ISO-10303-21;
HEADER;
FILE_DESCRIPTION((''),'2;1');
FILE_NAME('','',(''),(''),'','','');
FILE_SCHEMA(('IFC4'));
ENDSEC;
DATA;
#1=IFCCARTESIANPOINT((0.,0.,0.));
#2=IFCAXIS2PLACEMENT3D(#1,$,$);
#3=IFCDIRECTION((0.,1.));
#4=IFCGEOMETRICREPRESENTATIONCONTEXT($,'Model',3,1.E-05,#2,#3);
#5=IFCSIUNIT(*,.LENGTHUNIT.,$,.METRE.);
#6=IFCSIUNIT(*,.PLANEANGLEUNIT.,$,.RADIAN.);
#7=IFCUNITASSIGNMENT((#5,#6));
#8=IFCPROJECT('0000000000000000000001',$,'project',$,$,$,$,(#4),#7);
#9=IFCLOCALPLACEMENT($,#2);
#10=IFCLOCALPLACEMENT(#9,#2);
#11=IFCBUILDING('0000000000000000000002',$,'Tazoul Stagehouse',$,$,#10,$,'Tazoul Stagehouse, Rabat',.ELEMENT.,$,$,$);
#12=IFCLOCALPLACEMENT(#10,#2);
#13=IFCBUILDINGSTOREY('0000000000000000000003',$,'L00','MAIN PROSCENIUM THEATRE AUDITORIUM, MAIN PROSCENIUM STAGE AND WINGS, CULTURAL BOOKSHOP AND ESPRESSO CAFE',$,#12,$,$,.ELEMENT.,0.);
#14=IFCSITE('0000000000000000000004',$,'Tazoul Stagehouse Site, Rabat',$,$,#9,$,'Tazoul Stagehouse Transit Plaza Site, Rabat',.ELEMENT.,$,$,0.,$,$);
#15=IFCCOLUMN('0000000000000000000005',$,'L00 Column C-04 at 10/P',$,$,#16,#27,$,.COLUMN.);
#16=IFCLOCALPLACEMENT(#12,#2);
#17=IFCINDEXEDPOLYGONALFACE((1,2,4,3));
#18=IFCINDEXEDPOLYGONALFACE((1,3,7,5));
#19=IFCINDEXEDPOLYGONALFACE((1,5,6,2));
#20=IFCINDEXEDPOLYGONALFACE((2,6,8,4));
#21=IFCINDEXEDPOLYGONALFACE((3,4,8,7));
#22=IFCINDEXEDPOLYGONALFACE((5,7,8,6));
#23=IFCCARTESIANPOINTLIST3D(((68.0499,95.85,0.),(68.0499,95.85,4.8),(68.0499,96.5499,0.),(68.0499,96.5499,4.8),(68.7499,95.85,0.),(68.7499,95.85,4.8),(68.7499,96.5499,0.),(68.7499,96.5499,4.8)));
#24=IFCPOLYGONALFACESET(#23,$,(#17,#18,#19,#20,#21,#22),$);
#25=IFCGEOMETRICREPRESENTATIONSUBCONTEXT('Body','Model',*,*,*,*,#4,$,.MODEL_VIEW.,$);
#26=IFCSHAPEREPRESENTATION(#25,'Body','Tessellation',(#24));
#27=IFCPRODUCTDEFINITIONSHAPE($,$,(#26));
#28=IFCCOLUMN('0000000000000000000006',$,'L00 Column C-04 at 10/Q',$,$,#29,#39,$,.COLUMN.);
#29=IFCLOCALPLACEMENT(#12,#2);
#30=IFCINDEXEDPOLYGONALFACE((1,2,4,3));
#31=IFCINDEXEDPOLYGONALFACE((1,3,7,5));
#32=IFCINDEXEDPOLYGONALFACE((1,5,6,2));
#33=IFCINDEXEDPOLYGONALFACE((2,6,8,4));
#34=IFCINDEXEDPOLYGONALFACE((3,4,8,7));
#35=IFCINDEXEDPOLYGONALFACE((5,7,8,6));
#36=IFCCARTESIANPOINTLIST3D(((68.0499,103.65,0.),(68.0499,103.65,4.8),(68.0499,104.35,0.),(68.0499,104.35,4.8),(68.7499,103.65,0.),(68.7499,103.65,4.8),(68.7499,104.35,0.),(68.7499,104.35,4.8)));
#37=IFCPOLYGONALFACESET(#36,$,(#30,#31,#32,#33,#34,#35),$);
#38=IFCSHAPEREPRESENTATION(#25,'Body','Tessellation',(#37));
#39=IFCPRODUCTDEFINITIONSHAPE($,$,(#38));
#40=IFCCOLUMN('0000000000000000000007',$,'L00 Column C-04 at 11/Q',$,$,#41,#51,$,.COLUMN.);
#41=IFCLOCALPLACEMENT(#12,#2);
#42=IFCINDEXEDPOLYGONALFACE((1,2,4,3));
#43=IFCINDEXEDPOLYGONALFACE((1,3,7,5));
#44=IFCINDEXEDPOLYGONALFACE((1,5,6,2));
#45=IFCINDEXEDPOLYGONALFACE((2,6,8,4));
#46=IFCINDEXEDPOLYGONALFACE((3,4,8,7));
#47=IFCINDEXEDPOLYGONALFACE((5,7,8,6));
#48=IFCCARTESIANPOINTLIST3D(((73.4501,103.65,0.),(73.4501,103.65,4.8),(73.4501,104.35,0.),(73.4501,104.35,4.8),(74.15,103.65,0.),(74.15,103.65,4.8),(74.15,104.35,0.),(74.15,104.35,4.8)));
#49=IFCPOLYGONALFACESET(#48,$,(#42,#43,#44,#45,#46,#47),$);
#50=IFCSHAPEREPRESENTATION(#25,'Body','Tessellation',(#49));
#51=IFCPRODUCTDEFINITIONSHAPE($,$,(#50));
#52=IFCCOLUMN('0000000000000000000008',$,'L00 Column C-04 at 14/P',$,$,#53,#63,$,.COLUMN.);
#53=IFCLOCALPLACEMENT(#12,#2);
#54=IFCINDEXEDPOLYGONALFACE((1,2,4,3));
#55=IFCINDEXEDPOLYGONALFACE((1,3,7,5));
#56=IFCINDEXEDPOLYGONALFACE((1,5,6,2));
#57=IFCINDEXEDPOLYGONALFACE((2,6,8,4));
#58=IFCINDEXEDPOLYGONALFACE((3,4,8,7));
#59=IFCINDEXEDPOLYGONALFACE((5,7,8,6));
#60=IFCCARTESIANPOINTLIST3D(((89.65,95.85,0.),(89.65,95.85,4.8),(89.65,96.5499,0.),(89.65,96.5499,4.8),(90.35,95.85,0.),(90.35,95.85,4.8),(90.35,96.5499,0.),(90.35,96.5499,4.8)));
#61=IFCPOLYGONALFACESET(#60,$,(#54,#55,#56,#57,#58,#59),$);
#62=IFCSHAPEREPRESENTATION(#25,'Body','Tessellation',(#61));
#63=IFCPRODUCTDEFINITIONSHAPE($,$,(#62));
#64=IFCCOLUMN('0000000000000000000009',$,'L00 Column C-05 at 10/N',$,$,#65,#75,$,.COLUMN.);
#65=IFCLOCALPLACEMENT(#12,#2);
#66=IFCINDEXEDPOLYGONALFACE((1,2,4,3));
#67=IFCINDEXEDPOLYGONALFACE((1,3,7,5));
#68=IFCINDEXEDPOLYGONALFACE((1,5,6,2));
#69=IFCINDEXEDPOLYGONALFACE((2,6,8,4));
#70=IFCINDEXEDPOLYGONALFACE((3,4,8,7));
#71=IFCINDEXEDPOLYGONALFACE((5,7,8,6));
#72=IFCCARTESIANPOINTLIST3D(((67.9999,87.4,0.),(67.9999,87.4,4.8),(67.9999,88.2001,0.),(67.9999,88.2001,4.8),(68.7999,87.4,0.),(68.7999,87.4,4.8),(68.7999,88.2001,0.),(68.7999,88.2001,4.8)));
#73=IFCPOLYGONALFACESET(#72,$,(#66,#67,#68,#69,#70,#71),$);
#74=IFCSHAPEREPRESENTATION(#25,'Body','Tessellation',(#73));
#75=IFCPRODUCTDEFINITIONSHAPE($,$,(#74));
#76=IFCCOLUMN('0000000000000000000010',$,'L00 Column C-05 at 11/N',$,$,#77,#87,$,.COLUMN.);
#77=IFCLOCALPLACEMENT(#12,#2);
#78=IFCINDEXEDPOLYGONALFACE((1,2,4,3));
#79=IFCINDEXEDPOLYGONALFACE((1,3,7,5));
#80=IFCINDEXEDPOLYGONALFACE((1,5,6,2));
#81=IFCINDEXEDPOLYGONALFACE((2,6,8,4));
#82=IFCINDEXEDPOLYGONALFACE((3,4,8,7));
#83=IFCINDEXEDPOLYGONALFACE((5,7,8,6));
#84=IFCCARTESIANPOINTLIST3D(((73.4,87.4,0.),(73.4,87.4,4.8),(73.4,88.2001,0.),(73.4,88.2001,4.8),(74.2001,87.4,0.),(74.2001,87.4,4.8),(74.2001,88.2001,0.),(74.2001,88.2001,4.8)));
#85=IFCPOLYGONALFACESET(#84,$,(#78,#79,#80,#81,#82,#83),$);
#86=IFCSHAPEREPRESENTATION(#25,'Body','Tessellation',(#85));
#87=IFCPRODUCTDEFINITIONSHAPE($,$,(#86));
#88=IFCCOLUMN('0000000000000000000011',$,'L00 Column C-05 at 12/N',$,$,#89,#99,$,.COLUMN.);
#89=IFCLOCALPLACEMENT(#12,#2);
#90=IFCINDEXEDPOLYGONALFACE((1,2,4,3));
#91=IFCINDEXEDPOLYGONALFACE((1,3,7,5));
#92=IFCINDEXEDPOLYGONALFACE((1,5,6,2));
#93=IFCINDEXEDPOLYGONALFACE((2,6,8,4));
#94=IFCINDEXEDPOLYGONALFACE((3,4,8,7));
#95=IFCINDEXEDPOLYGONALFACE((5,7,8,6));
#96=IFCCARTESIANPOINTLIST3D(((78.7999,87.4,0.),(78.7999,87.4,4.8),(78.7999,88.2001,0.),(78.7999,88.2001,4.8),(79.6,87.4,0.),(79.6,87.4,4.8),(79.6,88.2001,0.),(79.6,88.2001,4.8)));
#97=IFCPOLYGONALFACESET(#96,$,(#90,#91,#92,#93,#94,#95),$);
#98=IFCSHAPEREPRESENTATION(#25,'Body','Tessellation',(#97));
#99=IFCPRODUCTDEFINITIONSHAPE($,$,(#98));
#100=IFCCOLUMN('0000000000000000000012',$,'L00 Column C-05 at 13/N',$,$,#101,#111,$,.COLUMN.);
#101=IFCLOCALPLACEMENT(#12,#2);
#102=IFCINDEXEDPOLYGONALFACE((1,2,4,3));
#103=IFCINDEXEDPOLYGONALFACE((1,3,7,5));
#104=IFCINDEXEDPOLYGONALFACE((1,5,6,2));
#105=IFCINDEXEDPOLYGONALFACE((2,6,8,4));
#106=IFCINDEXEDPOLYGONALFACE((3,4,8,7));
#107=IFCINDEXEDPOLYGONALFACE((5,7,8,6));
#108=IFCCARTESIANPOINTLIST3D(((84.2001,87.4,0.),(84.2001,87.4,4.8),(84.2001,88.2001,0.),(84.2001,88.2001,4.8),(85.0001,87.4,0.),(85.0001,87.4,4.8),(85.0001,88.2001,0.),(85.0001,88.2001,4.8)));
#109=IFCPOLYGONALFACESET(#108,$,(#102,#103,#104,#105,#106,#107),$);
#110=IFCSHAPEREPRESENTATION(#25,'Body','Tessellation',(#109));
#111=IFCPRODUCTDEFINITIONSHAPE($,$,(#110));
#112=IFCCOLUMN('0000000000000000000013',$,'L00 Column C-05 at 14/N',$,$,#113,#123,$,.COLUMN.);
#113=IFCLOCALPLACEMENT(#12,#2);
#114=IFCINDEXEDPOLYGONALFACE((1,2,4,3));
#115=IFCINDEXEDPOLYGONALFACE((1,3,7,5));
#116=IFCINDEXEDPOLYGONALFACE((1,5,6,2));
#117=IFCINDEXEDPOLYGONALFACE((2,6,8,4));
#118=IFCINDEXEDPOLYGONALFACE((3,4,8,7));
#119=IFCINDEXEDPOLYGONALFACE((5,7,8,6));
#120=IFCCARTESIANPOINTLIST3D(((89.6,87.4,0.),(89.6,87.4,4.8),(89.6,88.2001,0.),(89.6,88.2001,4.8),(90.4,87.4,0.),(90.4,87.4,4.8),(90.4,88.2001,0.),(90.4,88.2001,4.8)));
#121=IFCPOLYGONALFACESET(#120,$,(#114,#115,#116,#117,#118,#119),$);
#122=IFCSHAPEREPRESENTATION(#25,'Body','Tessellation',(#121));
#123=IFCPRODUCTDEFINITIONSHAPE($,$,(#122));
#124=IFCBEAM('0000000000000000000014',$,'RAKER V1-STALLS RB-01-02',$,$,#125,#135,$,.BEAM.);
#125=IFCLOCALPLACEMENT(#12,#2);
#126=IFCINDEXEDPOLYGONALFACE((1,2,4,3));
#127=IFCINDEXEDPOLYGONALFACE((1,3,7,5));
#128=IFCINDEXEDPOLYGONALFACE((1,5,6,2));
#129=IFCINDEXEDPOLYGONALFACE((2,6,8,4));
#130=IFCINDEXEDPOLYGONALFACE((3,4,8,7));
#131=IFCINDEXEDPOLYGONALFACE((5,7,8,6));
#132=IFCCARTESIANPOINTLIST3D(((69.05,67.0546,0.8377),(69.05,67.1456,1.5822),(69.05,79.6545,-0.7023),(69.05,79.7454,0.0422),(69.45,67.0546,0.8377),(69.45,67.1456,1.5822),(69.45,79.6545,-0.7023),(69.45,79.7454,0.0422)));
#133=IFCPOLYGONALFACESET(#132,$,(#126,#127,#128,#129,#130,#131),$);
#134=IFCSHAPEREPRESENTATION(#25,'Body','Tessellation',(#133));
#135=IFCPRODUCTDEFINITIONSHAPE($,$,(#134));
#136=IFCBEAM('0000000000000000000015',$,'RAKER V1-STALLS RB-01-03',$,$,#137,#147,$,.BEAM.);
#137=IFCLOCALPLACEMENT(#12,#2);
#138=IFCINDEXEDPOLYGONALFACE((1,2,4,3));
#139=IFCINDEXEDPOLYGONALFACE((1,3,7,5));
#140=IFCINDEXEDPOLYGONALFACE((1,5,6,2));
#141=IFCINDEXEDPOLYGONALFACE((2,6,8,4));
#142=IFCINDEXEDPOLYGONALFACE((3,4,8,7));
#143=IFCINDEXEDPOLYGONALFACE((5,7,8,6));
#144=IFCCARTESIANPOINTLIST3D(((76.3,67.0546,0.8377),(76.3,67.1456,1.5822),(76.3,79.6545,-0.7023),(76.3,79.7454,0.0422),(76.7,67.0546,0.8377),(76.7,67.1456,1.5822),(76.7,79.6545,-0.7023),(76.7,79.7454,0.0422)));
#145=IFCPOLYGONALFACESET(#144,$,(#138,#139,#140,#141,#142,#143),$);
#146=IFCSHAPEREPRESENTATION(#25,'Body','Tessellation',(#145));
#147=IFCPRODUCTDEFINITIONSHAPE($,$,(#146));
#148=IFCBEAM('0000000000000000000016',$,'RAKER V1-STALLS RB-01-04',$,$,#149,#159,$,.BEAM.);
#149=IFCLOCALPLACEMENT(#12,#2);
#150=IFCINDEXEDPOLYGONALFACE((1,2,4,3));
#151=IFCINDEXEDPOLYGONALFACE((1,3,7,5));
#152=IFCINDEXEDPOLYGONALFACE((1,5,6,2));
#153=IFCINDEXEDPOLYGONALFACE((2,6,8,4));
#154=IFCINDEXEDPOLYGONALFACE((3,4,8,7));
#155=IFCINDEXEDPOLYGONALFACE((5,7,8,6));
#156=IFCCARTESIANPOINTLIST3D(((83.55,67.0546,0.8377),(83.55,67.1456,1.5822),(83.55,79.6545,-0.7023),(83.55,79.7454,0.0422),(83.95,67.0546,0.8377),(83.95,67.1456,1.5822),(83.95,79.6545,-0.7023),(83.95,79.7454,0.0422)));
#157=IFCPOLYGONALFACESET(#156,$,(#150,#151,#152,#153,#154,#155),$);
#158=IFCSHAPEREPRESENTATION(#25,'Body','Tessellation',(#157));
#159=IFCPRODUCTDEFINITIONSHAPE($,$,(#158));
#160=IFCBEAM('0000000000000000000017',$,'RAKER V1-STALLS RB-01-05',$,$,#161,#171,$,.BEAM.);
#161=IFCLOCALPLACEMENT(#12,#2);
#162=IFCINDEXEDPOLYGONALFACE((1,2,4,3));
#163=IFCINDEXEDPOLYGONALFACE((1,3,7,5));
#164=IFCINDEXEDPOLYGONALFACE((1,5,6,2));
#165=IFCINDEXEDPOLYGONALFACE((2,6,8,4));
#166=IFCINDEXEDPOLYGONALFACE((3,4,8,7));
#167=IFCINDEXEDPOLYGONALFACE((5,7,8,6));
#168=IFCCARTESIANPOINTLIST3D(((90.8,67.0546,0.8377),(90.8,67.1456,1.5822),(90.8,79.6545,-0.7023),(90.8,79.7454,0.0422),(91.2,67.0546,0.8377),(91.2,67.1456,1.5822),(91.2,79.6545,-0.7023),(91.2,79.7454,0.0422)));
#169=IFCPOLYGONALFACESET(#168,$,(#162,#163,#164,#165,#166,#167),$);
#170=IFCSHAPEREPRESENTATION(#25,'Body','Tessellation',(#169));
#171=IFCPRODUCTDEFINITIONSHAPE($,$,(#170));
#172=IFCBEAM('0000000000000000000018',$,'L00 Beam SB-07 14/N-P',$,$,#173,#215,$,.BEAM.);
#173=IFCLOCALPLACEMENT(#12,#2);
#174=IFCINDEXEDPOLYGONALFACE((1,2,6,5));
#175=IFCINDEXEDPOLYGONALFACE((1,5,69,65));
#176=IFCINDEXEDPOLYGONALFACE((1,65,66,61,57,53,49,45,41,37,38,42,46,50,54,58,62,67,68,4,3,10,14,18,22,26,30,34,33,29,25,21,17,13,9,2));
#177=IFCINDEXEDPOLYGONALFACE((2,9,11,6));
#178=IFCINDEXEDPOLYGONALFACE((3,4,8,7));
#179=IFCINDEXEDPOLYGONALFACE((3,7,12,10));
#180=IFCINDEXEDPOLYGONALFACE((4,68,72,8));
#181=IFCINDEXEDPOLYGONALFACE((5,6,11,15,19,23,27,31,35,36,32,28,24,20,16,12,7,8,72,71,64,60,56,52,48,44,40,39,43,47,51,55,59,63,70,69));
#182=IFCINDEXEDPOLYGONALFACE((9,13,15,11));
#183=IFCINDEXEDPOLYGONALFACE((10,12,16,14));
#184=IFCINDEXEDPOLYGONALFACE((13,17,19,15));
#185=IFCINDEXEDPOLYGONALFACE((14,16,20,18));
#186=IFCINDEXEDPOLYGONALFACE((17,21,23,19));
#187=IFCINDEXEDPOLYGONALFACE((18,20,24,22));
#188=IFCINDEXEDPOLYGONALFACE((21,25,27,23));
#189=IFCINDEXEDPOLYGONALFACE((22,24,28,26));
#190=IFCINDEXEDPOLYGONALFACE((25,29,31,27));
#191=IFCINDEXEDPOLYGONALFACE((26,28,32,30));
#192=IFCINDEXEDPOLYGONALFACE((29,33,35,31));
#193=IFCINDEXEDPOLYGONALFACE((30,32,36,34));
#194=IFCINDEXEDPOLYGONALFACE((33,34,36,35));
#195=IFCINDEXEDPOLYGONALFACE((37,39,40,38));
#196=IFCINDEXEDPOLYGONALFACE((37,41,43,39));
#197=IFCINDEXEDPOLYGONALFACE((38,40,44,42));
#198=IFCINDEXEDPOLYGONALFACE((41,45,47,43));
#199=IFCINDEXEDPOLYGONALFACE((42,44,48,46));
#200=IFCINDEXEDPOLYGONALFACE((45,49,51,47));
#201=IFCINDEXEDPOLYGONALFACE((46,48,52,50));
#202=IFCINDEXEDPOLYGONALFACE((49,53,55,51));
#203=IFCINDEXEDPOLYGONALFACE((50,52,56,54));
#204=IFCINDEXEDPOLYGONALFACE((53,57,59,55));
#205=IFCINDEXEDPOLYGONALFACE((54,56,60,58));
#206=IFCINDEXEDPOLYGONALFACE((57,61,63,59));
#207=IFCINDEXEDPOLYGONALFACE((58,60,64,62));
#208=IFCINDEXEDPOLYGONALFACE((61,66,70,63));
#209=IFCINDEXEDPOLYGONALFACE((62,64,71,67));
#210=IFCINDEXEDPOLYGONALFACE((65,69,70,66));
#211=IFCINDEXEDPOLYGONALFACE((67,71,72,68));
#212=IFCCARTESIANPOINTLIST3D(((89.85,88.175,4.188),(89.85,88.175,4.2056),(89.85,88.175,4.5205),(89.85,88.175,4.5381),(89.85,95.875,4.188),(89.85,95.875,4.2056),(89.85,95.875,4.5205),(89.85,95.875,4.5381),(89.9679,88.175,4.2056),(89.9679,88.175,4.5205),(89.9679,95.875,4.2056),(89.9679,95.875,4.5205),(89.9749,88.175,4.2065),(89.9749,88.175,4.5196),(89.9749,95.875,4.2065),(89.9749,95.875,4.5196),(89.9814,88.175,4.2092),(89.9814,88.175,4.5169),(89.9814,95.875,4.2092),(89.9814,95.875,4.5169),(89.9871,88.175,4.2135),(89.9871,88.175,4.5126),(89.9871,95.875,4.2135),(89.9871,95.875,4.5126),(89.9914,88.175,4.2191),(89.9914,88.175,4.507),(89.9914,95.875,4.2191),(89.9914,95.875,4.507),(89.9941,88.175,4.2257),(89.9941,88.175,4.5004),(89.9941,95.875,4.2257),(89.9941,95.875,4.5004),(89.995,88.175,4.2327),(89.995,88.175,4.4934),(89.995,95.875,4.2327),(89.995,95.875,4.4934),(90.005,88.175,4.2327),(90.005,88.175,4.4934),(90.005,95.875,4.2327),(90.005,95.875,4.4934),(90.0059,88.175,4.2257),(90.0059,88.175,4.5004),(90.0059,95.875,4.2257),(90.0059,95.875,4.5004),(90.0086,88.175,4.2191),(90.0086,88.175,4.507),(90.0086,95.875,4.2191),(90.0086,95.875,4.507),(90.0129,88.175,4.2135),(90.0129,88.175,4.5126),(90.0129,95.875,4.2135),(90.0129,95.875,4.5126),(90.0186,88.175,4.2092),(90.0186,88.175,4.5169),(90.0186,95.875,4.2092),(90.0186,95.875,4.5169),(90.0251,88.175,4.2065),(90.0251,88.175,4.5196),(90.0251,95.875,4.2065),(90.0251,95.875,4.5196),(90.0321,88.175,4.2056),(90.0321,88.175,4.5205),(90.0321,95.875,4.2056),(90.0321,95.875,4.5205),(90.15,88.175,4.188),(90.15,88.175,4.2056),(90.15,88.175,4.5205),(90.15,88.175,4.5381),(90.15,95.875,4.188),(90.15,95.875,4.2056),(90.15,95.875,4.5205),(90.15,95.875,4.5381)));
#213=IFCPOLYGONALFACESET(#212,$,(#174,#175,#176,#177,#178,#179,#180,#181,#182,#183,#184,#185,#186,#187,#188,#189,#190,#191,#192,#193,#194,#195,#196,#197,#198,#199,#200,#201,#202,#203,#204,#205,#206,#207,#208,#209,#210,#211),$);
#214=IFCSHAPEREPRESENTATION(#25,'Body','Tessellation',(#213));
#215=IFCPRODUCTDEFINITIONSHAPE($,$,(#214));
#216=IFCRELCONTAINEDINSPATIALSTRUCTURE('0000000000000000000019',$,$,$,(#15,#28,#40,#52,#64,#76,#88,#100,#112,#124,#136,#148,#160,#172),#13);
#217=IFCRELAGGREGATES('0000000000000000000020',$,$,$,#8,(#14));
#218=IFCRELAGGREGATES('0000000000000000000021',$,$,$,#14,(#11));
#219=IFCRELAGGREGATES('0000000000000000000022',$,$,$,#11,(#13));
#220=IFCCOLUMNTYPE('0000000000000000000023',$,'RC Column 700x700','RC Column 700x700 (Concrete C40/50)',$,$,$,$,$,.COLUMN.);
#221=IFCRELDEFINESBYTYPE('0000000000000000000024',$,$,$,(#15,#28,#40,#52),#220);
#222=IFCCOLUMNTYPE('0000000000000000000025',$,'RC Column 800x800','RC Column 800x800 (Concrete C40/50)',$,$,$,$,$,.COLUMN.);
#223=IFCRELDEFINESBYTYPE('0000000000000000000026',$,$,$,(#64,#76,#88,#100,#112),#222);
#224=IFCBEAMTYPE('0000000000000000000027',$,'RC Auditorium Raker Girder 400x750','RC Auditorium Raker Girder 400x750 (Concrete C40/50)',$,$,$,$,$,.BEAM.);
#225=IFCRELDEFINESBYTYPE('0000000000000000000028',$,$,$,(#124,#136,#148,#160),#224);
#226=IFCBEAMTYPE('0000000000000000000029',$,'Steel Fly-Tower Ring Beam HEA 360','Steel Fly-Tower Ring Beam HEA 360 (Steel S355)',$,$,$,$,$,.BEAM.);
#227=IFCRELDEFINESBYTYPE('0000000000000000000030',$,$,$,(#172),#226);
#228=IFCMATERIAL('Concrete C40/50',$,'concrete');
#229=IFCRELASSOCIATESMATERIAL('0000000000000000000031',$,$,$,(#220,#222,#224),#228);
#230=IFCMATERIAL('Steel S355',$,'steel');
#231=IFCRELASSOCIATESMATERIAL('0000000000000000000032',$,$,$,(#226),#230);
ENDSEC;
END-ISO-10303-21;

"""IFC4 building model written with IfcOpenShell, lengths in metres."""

from ifc_helpers import new_model, si_unit, direction, frame, origin, origin_2d, place, context, subcontext, project, spatial, rectangle, i_section, extrude, material, material_profile, profile_set, type_object, element, save


model = new_model("IFC4")

# Units and contexts
model_context = context("Model", 3, precision=1e-05, world=origin(), true_north=direction((0.0, 1.0)))
body_context = subcontext(model_context, "Body", "Model", "MODEL_VIEW")
ifc_project = project(units=[si_unit("LENGTHUNIT", "METRE"), si_unit("PLANEANGLEUNIT", "RADIAN")], contexts=[model_context])

# Site, building, storey
site_placement = place(None, origin())
site = spatial("IfcSite", under=ifc_project, at=site_placement, Name="Tazoul Stagehouse Site, Rabat", LongName="Tazoul Stagehouse Transit Plaza Site, Rabat", CompositionType="ELEMENT", RefElevation=0.0)
building_placement = place(site_placement, origin())
building = spatial("IfcBuilding", under=site, at=building_placement, Name="Tazoul Stagehouse", LongName="Tazoul Stagehouse, Rabat", CompositionType="ELEMENT")
storey_placement = place(building_placement, origin())
storey = spatial("IfcBuildingStorey", under=building, at=storey_placement, Name="L00", Description="MAIN PROSCENIUM THEATRE AUDITORIUM, MAIN PROSCENIUM STAGE AND WINGS, CULTURAL BOOKSHOP AND ESPRESSO CAFE", CompositionType="ELEMENT", Elevation=0.0)

# Columns
ifc_material_1 = material(Name="Concrete C40/50", Category="concrete")
ifc_material_profile_1 = material_profile(ifc_material_1, rectangle(XDim=0.7, YDim=0.7, at=origin_2d()), Name="RC 700x700")
ifc_profile_set_1 = profile_set([ifc_material_profile_1], Name="Concrete C40/50")
column_type_1 = type_object("IfcColumnType", Name="RC Column 700x700", Description="RC Column 700x700 (Concrete C40/50)", PredefinedType="COLUMN", material=ifc_profile_set_1)
for number, where, z_axis, x_axis, name in (
    (1, (68.3999, 96.2, 0.0), (0.0, 0.0, 1.0), (1.0, 0.0, 0.0), "L00 Column C-04 at 10/P"),
    (2, (68.3999, 104.0, 0.0), (0.0, 0.0, 1.0), (1.0, 0.0, 0.0), "L00 Column C-04 at 10/Q"),
    (3, (73.8, 104.0, 0.0), (0.0, 0.0, 1.0), (1.0, 0.0, 0.0), "L00 Column C-04 at 11/Q"),
    (4, (90.0, 96.2, 0.0), (0.0, 0.0, 1.0), (1.0, 0.0, 0.0), "L00 Column C-04 at 14/P"),
):
    element("IfcColumn", number, at=place(storey_placement, frame(where, z_axis=z_axis, x_axis=x_axis)), inside=storey, type_object=column_type_1, Name=name, PredefinedType="COLUMN", context=body_context, shape_type="SweptSolid", body=[
        extrude(rectangle(XDim=0.7, YDim=0.7, at=origin_2d()), origin(), (0.0, 0.0, 1.0), 4.8),
    ])
ifc_material_profile_2 = material_profile(ifc_material_1, rectangle(XDim=0.8, YDim=0.8, at=origin_2d()), Name="RC 800x800")
ifc_profile_set_2 = profile_set([ifc_material_profile_2], Name="Concrete C40/50")
column_type_2 = type_object("IfcColumnType", Name="RC Column 800x800", Description="RC Column 800x800 (Concrete C40/50)", PredefinedType="COLUMN", material=ifc_profile_set_2)
for number, where, z_axis, x_axis, name in (
    (5, (68.3999, 87.8, 0.0), (0.0, 0.0, 1.0), (1.0, 0.0, 0.0), "L00 Column C-05 at 10/N"),
    (6, (73.8, 87.8, 0.0), (0.0, 0.0, 1.0), (1.0, 0.0, 0.0), "L00 Column C-05 at 11/N"),
    (7, (79.2, 87.8, 0.0), (0.0, 0.0, 1.0), (1.0, 0.0, 0.0), "L00 Column C-05 at 12/N"),
    (8, (84.6001, 87.8, 0.0), (0.0, 0.0, 1.0), (1.0, 0.0, 0.0), "L00 Column C-05 at 13/N"),
    (9, (90.0, 87.8, 0.0), (0.0, 0.0, 1.0), (1.0, 0.0, 0.0), "L00 Column C-05 at 14/N"),
):
    element("IfcColumn", number, at=place(storey_placement, frame(where, z_axis=z_axis, x_axis=x_axis)), inside=storey, type_object=column_type_2, Name=name, PredefinedType="COLUMN", context=body_context, shape_type="SweptSolid", body=[
        extrude(rectangle(XDim=0.8, YDim=0.8, at=origin_2d()), origin(), (0.0, 0.0, 1.0), 4.8),
    ])

# Beams
ifc_material_profile_3 = material_profile(ifc_material_1, rectangle(XDim=0.3999, YDim=0.75, at=origin_2d()), Name="RC 400x750")
ifc_profile_set_3 = profile_set([ifc_material_profile_3], Name="Concrete C40/50")
beam_type_1 = type_object("IfcBeamType", Name="RC Auditorium Raker Girder 400x750", Description="RC Auditorium Raker Girder 400x750 (Concrete C40/50)", PredefinedType="BEAM", material=ifc_profile_set_3)
for number, where, z_axis, x_axis, name in (
    (10, (69.25, 79.7, -0.3301), (0.0, -0.992613, 0.121324), (1.0, 0.0, 0.0), "RAKER V1-STALLS RB-01-02"),
    (11, (76.5, 79.7, -0.3301), (0.0, -0.992613, 0.121324), (1.0, 0.0, 0.0), "RAKER V1-STALLS RB-01-03"),
    (12, (83.75, 79.7, -0.3301), (0.0, -0.992613, 0.121324), (1.0, 0.0, 0.0), "RAKER V1-STALLS RB-01-04"),
    (13, (91.0, 79.7, -0.3301), (0.0, -0.992613, 0.121324), (1.0, 0.0, 0.0), "RAKER V1-STALLS RB-01-05"),
):
    element("IfcBeam", number, at=place(storey_placement, frame(where, z_axis=z_axis, x_axis=x_axis)), inside=storey, type_object=beam_type_1, Name=name, PredefinedType="BEAM", context=body_context, shape_type="SweptSolid", body=[
        extrude(rectangle(XDim=0.3999, YDim=0.75, at=origin_2d()), origin(), (0.0, 0.0, 1.0), 12.6936),
    ])
ifc_material_2 = material(Name="Steel S355", Category="steel")
ifc_material_profile_4 = material_profile(ifc_material_2, i_section(OverallWidth=0.3, OverallDepth=0.3501, WebThickness=0.01, FlangeThickness=0.0176, FilletRadius=0.0271, at=origin_2d()), Name="HEA 360")
ifc_profile_set_4 = profile_set([ifc_material_profile_4], Name="Steel S355")
beam_type_2 = type_object("IfcBeamType", Name="Steel Fly-Tower Ring Beam HEA 360", Description="Steel Fly-Tower Ring Beam HEA 360 (Steel S355)", PredefinedType="BEAM", material=ifc_profile_set_4)
beam_1_placement = place(storey_placement, frame((90.0, 88.175, 4.363), z_axis=(0.0, 1.0, 0.0), x_axis=(-1.0, 0.0, 0.0)))
element("IfcBeam", 14, at=beam_1_placement, inside=storey, type_object=beam_type_2, Name="L00 Beam SB-07 14/N-P", PredefinedType="BEAM", context=body_context, shape_type="SweptSolid", body=[
    extrude(i_section(OverallWidth=0.3, OverallDepth=0.3501, WebThickness=0.01, FlangeThickness=0.0176, FilletRadius=0.0271, at=origin_2d()), origin(), (0.0, 0.0, 1.0), 7.7),
])

save(model, "model.ifc")
